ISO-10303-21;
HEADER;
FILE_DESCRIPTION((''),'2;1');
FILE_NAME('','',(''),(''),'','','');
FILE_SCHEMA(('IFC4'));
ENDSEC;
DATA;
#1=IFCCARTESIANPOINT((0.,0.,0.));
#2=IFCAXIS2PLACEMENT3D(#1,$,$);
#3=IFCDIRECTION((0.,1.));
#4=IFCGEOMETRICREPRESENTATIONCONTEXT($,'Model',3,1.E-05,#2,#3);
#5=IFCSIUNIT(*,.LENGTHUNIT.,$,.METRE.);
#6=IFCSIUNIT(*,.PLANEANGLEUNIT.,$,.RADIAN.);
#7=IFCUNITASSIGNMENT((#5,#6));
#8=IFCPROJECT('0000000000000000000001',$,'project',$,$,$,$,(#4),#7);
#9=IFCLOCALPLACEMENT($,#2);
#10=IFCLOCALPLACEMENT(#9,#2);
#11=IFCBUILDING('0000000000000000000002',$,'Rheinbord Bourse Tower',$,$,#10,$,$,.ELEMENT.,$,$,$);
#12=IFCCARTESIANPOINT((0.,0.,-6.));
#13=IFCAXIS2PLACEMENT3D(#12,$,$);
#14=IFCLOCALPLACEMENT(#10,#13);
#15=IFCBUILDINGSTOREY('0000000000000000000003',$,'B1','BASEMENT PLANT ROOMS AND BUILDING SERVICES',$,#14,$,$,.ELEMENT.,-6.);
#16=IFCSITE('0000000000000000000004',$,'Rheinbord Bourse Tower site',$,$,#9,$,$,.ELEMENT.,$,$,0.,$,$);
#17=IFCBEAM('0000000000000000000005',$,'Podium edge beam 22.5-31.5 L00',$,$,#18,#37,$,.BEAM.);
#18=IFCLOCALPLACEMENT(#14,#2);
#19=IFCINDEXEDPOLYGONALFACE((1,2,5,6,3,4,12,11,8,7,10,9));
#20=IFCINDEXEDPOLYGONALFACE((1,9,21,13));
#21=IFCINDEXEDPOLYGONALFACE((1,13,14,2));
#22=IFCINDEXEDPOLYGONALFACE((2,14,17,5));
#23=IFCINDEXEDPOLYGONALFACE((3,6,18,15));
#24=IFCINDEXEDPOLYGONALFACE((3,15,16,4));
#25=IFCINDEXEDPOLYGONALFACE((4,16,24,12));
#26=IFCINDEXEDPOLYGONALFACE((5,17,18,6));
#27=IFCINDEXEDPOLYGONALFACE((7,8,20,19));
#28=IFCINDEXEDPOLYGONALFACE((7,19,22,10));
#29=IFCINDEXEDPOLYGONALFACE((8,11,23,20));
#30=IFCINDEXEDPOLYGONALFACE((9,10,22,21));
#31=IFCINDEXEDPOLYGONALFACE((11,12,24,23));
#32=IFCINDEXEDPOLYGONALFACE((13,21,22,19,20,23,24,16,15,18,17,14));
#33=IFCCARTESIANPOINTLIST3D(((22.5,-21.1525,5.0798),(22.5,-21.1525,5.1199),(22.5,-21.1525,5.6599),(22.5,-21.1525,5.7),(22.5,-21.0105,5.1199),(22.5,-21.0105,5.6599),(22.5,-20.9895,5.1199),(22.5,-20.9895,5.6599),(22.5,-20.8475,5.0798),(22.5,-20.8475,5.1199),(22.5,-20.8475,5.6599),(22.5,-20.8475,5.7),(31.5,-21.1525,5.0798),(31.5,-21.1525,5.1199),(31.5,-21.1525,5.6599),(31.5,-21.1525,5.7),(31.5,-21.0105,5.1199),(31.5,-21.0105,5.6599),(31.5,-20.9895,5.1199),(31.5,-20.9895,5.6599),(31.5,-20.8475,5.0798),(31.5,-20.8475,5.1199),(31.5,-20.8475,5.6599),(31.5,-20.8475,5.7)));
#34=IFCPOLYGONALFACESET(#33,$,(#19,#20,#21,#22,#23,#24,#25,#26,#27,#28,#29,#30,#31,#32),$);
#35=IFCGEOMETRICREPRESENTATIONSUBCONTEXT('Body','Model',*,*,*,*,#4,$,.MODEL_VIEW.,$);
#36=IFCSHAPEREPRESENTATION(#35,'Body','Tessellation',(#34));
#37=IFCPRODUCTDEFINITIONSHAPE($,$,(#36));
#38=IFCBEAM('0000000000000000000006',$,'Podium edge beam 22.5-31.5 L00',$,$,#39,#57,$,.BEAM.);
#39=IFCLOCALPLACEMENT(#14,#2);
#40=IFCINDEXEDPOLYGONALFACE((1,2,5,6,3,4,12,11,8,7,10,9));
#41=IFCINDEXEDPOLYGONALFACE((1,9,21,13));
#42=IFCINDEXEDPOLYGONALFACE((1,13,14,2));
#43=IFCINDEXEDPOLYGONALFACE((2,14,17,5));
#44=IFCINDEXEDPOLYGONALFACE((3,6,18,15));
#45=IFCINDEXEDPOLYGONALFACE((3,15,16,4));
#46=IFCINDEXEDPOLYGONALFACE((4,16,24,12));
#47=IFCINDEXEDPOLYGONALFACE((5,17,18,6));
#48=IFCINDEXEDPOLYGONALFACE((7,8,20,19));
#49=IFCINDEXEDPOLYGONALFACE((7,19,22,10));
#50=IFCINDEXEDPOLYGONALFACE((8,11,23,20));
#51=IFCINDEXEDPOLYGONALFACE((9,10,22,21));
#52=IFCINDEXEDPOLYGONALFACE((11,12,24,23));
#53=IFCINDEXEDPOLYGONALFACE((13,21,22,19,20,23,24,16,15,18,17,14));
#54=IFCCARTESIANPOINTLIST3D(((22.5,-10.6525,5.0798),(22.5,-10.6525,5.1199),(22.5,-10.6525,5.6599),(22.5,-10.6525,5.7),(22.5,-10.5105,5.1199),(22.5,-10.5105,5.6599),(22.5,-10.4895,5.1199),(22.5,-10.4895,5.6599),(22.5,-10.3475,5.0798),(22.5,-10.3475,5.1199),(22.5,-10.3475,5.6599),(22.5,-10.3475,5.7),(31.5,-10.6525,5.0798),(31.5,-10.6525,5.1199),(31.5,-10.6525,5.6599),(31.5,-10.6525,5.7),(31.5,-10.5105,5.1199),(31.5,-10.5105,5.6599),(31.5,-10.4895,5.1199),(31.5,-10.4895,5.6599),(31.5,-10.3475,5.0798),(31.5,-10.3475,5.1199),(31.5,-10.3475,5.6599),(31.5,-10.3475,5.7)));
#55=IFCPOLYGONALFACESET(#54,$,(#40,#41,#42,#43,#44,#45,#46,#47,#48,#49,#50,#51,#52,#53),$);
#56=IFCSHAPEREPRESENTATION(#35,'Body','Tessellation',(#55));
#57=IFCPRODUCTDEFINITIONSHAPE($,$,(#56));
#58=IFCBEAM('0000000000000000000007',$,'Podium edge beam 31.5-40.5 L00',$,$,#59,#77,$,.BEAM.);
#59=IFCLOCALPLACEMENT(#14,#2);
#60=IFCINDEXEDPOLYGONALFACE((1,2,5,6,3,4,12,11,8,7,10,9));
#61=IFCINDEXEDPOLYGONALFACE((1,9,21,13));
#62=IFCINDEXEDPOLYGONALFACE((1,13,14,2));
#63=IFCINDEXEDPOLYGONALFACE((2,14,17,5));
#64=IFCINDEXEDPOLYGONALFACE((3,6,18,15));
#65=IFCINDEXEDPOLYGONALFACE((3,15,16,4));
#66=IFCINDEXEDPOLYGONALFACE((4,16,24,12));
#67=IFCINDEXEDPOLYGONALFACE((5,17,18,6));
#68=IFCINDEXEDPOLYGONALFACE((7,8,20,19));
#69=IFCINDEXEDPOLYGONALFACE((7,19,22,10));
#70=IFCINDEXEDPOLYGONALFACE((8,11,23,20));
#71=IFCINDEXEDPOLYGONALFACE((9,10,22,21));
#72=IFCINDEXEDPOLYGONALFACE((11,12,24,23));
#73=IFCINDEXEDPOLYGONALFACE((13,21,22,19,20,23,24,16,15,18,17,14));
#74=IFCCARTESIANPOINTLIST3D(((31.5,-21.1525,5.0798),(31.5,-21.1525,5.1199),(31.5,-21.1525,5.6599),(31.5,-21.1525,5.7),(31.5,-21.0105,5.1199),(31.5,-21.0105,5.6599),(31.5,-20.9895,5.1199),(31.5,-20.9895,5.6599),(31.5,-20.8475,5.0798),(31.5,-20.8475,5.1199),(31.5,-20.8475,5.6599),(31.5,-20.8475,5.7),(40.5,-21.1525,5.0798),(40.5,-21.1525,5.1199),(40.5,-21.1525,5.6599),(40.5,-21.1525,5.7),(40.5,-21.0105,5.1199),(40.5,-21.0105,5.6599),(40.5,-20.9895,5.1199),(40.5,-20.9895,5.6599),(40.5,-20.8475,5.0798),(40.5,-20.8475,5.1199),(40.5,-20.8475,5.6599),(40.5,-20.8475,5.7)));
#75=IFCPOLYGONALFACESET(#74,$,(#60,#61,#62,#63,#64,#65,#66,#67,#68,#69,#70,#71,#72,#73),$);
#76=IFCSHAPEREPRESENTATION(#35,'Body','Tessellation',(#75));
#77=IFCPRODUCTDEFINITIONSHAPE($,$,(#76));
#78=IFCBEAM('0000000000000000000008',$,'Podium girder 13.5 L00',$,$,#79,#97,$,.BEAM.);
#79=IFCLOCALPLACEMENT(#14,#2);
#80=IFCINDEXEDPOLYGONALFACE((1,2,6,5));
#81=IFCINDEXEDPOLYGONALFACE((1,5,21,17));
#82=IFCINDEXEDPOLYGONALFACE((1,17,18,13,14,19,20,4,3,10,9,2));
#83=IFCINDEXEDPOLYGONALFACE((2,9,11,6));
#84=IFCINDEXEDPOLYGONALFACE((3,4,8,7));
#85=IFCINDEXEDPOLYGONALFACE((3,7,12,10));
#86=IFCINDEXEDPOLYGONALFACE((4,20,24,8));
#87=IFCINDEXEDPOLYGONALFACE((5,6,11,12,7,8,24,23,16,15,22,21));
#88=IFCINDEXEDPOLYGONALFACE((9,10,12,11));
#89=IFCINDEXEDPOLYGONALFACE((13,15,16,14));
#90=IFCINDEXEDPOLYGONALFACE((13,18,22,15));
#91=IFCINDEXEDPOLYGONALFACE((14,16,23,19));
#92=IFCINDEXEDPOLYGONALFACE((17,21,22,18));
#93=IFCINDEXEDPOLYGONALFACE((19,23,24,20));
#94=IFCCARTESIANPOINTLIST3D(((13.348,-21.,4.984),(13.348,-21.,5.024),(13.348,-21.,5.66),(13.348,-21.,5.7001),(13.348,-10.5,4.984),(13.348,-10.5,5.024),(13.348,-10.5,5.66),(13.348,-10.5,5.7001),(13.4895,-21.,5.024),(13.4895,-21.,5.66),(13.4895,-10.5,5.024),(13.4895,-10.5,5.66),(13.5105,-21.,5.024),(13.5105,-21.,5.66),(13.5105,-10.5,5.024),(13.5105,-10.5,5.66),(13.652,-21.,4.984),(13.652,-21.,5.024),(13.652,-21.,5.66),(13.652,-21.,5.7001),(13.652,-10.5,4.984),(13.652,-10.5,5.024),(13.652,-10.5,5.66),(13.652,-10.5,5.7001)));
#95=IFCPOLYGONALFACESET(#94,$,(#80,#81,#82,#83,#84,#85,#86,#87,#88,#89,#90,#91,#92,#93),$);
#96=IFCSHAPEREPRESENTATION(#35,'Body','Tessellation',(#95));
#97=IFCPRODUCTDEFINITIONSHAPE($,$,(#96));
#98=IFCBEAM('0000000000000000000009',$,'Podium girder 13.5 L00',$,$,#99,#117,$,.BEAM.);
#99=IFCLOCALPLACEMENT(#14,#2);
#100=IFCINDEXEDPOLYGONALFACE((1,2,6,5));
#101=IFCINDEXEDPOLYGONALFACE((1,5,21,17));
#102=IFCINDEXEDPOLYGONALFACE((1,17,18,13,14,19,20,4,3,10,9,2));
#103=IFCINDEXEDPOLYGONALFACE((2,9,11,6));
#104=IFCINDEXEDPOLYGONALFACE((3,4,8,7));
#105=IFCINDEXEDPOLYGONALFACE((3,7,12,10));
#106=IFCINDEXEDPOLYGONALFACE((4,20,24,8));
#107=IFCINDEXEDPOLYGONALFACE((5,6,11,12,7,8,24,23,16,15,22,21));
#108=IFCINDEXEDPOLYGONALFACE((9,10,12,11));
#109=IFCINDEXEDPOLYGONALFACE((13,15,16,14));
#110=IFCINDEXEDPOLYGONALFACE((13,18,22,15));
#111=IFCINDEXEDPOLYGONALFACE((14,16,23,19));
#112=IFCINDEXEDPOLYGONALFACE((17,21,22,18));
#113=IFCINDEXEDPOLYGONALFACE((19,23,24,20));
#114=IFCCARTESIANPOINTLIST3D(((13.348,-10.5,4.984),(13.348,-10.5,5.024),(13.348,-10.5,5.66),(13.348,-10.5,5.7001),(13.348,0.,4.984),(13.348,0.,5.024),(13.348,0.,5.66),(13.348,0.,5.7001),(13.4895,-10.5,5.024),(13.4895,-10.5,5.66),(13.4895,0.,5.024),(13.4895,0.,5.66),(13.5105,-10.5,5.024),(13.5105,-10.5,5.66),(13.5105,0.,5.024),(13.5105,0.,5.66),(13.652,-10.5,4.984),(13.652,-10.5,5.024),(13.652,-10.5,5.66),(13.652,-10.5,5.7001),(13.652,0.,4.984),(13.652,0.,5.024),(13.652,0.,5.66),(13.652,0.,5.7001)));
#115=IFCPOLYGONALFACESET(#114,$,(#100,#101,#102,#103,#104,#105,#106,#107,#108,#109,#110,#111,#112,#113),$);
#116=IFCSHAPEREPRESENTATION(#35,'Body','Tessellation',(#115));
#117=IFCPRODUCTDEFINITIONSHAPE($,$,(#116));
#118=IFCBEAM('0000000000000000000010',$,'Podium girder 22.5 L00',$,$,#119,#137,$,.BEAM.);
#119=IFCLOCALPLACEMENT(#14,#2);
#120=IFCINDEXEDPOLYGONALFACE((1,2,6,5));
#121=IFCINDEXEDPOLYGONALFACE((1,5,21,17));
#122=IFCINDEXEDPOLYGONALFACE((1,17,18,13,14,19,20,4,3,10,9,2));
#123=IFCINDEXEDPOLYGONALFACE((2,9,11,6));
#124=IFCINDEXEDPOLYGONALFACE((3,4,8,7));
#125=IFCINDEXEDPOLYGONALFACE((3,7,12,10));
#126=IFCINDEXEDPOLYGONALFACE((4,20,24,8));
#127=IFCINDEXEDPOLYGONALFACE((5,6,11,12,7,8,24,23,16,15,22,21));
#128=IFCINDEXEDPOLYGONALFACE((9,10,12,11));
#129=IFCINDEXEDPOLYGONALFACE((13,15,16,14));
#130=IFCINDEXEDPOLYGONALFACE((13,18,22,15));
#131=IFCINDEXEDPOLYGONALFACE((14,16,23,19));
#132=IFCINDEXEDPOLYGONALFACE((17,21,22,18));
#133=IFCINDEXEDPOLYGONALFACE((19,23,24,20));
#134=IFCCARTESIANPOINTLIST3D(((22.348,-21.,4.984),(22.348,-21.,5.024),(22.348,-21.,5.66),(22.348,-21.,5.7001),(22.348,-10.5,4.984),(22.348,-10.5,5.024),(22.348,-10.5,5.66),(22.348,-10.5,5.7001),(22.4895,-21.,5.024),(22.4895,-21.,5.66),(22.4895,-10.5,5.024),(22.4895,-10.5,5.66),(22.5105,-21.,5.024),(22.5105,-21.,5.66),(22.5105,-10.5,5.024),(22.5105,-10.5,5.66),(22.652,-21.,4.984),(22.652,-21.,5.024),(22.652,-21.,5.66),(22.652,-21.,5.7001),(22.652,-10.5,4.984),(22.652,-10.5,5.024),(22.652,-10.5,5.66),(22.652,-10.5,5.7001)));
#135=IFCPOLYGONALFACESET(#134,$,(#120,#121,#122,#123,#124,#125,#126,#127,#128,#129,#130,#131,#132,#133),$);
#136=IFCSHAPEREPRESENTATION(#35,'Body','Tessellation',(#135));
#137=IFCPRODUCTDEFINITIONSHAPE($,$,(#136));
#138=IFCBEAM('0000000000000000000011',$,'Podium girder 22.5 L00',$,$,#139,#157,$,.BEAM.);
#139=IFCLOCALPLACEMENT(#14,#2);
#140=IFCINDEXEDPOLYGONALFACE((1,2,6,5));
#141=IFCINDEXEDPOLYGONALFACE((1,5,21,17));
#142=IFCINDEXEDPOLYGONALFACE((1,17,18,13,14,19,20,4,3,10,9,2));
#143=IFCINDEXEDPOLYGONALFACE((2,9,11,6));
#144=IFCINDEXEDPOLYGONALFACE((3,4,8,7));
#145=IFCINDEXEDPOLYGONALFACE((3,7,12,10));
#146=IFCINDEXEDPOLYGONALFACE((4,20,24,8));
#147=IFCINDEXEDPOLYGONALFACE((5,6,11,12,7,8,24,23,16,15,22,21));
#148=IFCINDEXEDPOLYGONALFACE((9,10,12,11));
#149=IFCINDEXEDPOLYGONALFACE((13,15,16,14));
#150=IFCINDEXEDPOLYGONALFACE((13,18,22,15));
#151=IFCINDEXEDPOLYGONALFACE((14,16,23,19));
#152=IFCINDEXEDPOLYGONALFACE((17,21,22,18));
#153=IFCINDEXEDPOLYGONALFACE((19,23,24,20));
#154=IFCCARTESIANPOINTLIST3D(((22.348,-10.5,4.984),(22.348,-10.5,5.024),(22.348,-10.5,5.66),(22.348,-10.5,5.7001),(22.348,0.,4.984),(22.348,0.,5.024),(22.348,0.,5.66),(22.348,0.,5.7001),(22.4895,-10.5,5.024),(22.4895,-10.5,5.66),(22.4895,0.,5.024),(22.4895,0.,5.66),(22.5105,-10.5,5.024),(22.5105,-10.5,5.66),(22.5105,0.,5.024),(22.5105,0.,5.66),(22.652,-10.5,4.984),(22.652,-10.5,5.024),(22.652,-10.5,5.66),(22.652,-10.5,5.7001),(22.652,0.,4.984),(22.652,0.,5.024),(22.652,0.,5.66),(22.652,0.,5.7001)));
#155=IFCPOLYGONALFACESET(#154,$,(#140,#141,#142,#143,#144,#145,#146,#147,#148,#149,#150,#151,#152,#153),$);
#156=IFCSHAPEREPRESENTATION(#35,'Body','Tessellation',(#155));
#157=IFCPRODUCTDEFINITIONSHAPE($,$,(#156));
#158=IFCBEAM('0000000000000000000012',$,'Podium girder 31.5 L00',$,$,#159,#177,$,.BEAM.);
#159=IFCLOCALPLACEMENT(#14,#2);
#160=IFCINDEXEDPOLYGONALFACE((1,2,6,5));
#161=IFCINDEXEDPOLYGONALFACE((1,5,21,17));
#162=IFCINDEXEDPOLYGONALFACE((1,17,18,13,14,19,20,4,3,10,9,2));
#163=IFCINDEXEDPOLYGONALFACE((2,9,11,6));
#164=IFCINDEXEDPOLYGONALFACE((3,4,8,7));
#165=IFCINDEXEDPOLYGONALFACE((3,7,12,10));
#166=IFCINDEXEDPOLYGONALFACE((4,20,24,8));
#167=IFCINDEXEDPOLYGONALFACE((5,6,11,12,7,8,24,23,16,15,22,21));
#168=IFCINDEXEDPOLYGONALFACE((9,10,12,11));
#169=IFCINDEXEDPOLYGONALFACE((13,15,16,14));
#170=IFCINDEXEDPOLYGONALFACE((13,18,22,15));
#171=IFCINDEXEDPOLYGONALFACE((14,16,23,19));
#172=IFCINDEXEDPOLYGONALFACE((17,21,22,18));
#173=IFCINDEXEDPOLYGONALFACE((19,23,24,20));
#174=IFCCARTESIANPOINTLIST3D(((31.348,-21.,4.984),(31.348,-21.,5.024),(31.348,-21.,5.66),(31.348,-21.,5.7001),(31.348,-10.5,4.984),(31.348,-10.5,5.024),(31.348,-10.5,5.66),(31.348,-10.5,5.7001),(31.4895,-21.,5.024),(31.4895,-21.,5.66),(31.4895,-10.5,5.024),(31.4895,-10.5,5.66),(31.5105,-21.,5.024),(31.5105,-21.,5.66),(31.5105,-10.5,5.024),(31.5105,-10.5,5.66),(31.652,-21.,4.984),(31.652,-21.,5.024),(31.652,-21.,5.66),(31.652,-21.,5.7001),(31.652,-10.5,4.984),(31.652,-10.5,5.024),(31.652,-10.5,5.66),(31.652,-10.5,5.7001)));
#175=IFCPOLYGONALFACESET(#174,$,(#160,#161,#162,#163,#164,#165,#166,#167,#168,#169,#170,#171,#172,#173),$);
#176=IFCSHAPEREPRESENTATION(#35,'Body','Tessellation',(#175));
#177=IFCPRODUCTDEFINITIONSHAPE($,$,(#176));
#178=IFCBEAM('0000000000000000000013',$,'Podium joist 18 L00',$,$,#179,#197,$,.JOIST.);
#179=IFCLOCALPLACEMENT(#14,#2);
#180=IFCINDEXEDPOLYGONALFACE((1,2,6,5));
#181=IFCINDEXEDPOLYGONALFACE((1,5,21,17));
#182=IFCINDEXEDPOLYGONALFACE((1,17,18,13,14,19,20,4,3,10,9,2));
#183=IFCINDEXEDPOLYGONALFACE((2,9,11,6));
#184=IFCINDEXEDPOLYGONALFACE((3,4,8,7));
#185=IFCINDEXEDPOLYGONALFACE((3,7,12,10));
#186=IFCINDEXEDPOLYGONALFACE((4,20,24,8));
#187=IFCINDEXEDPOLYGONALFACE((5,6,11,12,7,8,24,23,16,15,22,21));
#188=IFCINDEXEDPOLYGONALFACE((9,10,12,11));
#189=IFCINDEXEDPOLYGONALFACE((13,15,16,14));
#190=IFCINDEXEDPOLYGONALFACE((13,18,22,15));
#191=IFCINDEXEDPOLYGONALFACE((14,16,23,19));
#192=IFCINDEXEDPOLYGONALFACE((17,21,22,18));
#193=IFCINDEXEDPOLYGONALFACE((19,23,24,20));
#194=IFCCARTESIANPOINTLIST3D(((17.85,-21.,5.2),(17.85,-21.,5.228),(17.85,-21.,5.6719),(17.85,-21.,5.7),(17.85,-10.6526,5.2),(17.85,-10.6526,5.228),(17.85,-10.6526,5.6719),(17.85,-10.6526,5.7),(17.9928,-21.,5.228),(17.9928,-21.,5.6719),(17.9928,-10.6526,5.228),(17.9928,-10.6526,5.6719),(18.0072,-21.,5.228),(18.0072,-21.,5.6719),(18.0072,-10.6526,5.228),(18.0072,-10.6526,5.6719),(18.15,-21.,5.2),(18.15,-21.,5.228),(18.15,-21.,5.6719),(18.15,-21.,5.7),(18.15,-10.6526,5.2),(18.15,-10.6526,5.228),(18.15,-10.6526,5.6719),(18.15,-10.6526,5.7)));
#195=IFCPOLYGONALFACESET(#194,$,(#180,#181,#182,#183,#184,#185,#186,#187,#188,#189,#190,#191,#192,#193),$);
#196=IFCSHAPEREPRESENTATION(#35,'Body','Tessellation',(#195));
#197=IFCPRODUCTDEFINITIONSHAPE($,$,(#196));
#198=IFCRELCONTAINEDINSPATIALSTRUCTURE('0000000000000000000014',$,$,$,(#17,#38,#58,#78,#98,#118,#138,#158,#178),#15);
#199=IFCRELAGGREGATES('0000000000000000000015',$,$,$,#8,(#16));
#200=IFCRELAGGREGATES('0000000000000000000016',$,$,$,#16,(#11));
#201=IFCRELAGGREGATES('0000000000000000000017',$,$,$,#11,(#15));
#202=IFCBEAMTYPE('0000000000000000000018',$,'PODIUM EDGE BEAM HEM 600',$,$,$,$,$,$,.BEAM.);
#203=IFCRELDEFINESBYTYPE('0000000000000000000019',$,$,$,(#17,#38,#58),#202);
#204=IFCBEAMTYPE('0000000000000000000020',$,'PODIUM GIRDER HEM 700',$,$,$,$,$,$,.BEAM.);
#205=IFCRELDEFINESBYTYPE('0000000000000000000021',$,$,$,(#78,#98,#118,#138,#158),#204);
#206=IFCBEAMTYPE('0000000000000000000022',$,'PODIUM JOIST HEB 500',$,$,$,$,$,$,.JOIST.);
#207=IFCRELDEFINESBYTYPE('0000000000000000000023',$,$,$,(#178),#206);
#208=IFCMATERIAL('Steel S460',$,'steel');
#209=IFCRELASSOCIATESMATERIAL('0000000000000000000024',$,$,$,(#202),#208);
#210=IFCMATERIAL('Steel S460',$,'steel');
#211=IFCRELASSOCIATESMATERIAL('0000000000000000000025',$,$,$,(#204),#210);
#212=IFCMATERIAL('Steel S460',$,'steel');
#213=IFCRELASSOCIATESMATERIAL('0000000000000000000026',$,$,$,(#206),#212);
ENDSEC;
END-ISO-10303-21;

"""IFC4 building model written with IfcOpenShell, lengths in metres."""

from ifc_helpers import new_model, si_unit, direction, frame, origin, origin_2d, place, context, subcontext, project, spatial, i_section, extrude, material, material_profile, profile_set, type_object, element, save


model = new_model("IFC4")

# Units and contexts
model_context = context("Model", 3, precision=1e-05, world=origin(), true_north=direction((0.0, 1.0)))
body_context = subcontext(model_context, "Body", "Model", "MODEL_VIEW")
ifc_project = project(units=[si_unit("LENGTHUNIT", "METRE"), si_unit("PLANEANGLEUNIT", "RADIAN")], contexts=[model_context])

# Site, building, storey
site_placement = place(None, origin())
site = spatial("IfcSite", under=ifc_project, at=site_placement, Name="Rheinbord Bourse Tower site", CompositionType="ELEMENT", RefElevation=0.0)
building_placement = place(site_placement, origin())
building = spatial("IfcBuilding", under=site, at=building_placement, Name="Rheinbord Bourse Tower", CompositionType="ELEMENT")
storey_placement = place(building_placement, frame((0.0, 0.0, -6.0)))
storey = spatial("IfcBuildingStorey", under=building, at=storey_placement, Name="B1", Description="BASEMENT PLANT ROOMS AND BUILDING SERVICES", CompositionType="ELEMENT", Elevation=-6.0)

# Beams
ifc_material_1 = material(Name="Steel S460", Category="steel")
ifc_material_profile_1 = material_profile(ifc_material_1, i_section(OverallWidth=0.3049, OverallDepth=0.6201, WebThickness=0.021, FlangeThickness=0.04, at=origin_2d()), Name="HEM 600")
ifc_profile_set_1 = profile_set([ifc_material_profile_1], Name="Steel S460")
beam_type_1 = type_object("IfcBeamType", Name="PODIUM EDGE BEAM HEM 600", PredefinedType="BEAM", material=ifc_profile_set_1)
for number, where, z_axis, x_axis, name in (
    (1, (22.5, -21.0, 5.3899), (1.0, 0.0, 0.0), (0.0, 1.0, 0.0), "Podium edge beam 22.5-31.5 L00"),
    (2, (22.5, -10.5, 5.3899), (1.0, 0.0, 0.0), (0.0, 1.0, 0.0), "Podium edge beam 22.5-31.5 L00"),
    (3, (31.5, -21.0, 5.3899), (1.0, 0.0, 0.0), (0.0, 1.0, 0.0), "Podium edge beam 31.5-40.5 L00"),
):
    element("IfcBeam", number, at=place(storey_placement, frame(where, z_axis=z_axis, x_axis=x_axis)), inside=storey, type_object=beam_type_1, Name=name, PredefinedType="BEAM", context=body_context, shape_type="SweptSolid", body=[
        extrude(i_section(OverallWidth=0.3049, OverallDepth=0.6201, WebThickness=0.021, FlangeThickness=0.04, at=origin_2d()), origin(), (0.0, 0.0, 1.0), 9.0),
    ])
ifc_material_2 = material(Name="Steel S460", Category="steel")
ifc_material_profile_2 = material_profile(ifc_material_2, i_section(OverallWidth=0.304, OverallDepth=0.7161, WebThickness=0.021, FlangeThickness=0.04, at=origin_2d()), Name="HEM 700")
ifc_profile_set_2 = profile_set([ifc_material_profile_2], Name="Steel S460")
beam_type_2 = type_object("IfcBeamType", Name="PODIUM GIRDER HEM 700", PredefinedType="BEAM", material=ifc_profile_set_2)
for number, where, z_axis, x_axis, name in (
    (4, (13.5, -21.0, 5.342), (0.0, 1.0, 0.0), (-1.0, 0.0, 0.0), "Podium girder 13.5 L00"),
    (5, (13.5, -10.5, 5.342), (0.0, 1.0, 0.0), (-1.0, 0.0, 0.0), "Podium girder 13.5 L00"),
    (6, (22.5, -21.0, 5.342), (0.0, 1.0, 0.0), (-1.0, 0.0, 0.0), "Podium girder 22.5 L00"),
    (7, (22.5, -10.5, 5.342), (0.0, 1.0, 0.0), (-1.0, 0.0, 0.0), "Podium girder 22.5 L00"),
    (8, (31.5, -21.0, 5.342), (0.0, 1.0, 0.0), (-1.0, 0.0, 0.0), "Podium girder 31.5 L00"),
):
    element("IfcBeam", number, at=place(storey_placement, frame(where, z_axis=z_axis, x_axis=x_axis)), inside=storey, type_object=beam_type_2, Name=name, PredefinedType="BEAM", context=body_context, shape_type="SweptSolid", body=[
        extrude(i_section(OverallWidth=0.304, OverallDepth=0.7161, WebThickness=0.021, FlangeThickness=0.04, at=origin_2d()), origin(), (0.0, 0.0, 1.0), 10.5),
    ])
ifc_material_3 = material(Name="Steel S460", Category="steel")
ifc_material_profile_3 = material_profile(ifc_material_3, i_section(OverallWidth=0.3, OverallDepth=0.5, WebThickness=0.0144, FlangeThickness=0.0281, at=origin_2d()), Name="HEB 500")
ifc_profile_set_3 = profile_set([ifc_material_profile_3], Name="Steel S460")
beam_type_3 = type_object("IfcBeamType", Name="PODIUM JOIST HEB 500", PredefinedType="JOIST", material=ifc_profile_set_3)
for number, where, z_axis, x_axis, name in (
    (9, (18.0, -21.0, 5.45), (0.0, 1.0, 0.0), (-1.0, 0.0, 0.0), "Podium joist 18 L00"),
):
    element("IfcBeam", number, at=place(storey_placement, frame(where, z_axis=z_axis, x_axis=x_axis)), inside=storey, type_object=beam_type_3, Name=name, PredefinedType="JOIST", context=body_context, shape_type="SweptSolid", body=[
        extrude(i_section(OverallWidth=0.3, OverallDepth=0.5, WebThickness=0.0144, FlangeThickness=0.0281, at=origin_2d()), origin(), (0.0, 0.0, 1.0), 10.3474),
    ])

save(model, "model.ifc")
